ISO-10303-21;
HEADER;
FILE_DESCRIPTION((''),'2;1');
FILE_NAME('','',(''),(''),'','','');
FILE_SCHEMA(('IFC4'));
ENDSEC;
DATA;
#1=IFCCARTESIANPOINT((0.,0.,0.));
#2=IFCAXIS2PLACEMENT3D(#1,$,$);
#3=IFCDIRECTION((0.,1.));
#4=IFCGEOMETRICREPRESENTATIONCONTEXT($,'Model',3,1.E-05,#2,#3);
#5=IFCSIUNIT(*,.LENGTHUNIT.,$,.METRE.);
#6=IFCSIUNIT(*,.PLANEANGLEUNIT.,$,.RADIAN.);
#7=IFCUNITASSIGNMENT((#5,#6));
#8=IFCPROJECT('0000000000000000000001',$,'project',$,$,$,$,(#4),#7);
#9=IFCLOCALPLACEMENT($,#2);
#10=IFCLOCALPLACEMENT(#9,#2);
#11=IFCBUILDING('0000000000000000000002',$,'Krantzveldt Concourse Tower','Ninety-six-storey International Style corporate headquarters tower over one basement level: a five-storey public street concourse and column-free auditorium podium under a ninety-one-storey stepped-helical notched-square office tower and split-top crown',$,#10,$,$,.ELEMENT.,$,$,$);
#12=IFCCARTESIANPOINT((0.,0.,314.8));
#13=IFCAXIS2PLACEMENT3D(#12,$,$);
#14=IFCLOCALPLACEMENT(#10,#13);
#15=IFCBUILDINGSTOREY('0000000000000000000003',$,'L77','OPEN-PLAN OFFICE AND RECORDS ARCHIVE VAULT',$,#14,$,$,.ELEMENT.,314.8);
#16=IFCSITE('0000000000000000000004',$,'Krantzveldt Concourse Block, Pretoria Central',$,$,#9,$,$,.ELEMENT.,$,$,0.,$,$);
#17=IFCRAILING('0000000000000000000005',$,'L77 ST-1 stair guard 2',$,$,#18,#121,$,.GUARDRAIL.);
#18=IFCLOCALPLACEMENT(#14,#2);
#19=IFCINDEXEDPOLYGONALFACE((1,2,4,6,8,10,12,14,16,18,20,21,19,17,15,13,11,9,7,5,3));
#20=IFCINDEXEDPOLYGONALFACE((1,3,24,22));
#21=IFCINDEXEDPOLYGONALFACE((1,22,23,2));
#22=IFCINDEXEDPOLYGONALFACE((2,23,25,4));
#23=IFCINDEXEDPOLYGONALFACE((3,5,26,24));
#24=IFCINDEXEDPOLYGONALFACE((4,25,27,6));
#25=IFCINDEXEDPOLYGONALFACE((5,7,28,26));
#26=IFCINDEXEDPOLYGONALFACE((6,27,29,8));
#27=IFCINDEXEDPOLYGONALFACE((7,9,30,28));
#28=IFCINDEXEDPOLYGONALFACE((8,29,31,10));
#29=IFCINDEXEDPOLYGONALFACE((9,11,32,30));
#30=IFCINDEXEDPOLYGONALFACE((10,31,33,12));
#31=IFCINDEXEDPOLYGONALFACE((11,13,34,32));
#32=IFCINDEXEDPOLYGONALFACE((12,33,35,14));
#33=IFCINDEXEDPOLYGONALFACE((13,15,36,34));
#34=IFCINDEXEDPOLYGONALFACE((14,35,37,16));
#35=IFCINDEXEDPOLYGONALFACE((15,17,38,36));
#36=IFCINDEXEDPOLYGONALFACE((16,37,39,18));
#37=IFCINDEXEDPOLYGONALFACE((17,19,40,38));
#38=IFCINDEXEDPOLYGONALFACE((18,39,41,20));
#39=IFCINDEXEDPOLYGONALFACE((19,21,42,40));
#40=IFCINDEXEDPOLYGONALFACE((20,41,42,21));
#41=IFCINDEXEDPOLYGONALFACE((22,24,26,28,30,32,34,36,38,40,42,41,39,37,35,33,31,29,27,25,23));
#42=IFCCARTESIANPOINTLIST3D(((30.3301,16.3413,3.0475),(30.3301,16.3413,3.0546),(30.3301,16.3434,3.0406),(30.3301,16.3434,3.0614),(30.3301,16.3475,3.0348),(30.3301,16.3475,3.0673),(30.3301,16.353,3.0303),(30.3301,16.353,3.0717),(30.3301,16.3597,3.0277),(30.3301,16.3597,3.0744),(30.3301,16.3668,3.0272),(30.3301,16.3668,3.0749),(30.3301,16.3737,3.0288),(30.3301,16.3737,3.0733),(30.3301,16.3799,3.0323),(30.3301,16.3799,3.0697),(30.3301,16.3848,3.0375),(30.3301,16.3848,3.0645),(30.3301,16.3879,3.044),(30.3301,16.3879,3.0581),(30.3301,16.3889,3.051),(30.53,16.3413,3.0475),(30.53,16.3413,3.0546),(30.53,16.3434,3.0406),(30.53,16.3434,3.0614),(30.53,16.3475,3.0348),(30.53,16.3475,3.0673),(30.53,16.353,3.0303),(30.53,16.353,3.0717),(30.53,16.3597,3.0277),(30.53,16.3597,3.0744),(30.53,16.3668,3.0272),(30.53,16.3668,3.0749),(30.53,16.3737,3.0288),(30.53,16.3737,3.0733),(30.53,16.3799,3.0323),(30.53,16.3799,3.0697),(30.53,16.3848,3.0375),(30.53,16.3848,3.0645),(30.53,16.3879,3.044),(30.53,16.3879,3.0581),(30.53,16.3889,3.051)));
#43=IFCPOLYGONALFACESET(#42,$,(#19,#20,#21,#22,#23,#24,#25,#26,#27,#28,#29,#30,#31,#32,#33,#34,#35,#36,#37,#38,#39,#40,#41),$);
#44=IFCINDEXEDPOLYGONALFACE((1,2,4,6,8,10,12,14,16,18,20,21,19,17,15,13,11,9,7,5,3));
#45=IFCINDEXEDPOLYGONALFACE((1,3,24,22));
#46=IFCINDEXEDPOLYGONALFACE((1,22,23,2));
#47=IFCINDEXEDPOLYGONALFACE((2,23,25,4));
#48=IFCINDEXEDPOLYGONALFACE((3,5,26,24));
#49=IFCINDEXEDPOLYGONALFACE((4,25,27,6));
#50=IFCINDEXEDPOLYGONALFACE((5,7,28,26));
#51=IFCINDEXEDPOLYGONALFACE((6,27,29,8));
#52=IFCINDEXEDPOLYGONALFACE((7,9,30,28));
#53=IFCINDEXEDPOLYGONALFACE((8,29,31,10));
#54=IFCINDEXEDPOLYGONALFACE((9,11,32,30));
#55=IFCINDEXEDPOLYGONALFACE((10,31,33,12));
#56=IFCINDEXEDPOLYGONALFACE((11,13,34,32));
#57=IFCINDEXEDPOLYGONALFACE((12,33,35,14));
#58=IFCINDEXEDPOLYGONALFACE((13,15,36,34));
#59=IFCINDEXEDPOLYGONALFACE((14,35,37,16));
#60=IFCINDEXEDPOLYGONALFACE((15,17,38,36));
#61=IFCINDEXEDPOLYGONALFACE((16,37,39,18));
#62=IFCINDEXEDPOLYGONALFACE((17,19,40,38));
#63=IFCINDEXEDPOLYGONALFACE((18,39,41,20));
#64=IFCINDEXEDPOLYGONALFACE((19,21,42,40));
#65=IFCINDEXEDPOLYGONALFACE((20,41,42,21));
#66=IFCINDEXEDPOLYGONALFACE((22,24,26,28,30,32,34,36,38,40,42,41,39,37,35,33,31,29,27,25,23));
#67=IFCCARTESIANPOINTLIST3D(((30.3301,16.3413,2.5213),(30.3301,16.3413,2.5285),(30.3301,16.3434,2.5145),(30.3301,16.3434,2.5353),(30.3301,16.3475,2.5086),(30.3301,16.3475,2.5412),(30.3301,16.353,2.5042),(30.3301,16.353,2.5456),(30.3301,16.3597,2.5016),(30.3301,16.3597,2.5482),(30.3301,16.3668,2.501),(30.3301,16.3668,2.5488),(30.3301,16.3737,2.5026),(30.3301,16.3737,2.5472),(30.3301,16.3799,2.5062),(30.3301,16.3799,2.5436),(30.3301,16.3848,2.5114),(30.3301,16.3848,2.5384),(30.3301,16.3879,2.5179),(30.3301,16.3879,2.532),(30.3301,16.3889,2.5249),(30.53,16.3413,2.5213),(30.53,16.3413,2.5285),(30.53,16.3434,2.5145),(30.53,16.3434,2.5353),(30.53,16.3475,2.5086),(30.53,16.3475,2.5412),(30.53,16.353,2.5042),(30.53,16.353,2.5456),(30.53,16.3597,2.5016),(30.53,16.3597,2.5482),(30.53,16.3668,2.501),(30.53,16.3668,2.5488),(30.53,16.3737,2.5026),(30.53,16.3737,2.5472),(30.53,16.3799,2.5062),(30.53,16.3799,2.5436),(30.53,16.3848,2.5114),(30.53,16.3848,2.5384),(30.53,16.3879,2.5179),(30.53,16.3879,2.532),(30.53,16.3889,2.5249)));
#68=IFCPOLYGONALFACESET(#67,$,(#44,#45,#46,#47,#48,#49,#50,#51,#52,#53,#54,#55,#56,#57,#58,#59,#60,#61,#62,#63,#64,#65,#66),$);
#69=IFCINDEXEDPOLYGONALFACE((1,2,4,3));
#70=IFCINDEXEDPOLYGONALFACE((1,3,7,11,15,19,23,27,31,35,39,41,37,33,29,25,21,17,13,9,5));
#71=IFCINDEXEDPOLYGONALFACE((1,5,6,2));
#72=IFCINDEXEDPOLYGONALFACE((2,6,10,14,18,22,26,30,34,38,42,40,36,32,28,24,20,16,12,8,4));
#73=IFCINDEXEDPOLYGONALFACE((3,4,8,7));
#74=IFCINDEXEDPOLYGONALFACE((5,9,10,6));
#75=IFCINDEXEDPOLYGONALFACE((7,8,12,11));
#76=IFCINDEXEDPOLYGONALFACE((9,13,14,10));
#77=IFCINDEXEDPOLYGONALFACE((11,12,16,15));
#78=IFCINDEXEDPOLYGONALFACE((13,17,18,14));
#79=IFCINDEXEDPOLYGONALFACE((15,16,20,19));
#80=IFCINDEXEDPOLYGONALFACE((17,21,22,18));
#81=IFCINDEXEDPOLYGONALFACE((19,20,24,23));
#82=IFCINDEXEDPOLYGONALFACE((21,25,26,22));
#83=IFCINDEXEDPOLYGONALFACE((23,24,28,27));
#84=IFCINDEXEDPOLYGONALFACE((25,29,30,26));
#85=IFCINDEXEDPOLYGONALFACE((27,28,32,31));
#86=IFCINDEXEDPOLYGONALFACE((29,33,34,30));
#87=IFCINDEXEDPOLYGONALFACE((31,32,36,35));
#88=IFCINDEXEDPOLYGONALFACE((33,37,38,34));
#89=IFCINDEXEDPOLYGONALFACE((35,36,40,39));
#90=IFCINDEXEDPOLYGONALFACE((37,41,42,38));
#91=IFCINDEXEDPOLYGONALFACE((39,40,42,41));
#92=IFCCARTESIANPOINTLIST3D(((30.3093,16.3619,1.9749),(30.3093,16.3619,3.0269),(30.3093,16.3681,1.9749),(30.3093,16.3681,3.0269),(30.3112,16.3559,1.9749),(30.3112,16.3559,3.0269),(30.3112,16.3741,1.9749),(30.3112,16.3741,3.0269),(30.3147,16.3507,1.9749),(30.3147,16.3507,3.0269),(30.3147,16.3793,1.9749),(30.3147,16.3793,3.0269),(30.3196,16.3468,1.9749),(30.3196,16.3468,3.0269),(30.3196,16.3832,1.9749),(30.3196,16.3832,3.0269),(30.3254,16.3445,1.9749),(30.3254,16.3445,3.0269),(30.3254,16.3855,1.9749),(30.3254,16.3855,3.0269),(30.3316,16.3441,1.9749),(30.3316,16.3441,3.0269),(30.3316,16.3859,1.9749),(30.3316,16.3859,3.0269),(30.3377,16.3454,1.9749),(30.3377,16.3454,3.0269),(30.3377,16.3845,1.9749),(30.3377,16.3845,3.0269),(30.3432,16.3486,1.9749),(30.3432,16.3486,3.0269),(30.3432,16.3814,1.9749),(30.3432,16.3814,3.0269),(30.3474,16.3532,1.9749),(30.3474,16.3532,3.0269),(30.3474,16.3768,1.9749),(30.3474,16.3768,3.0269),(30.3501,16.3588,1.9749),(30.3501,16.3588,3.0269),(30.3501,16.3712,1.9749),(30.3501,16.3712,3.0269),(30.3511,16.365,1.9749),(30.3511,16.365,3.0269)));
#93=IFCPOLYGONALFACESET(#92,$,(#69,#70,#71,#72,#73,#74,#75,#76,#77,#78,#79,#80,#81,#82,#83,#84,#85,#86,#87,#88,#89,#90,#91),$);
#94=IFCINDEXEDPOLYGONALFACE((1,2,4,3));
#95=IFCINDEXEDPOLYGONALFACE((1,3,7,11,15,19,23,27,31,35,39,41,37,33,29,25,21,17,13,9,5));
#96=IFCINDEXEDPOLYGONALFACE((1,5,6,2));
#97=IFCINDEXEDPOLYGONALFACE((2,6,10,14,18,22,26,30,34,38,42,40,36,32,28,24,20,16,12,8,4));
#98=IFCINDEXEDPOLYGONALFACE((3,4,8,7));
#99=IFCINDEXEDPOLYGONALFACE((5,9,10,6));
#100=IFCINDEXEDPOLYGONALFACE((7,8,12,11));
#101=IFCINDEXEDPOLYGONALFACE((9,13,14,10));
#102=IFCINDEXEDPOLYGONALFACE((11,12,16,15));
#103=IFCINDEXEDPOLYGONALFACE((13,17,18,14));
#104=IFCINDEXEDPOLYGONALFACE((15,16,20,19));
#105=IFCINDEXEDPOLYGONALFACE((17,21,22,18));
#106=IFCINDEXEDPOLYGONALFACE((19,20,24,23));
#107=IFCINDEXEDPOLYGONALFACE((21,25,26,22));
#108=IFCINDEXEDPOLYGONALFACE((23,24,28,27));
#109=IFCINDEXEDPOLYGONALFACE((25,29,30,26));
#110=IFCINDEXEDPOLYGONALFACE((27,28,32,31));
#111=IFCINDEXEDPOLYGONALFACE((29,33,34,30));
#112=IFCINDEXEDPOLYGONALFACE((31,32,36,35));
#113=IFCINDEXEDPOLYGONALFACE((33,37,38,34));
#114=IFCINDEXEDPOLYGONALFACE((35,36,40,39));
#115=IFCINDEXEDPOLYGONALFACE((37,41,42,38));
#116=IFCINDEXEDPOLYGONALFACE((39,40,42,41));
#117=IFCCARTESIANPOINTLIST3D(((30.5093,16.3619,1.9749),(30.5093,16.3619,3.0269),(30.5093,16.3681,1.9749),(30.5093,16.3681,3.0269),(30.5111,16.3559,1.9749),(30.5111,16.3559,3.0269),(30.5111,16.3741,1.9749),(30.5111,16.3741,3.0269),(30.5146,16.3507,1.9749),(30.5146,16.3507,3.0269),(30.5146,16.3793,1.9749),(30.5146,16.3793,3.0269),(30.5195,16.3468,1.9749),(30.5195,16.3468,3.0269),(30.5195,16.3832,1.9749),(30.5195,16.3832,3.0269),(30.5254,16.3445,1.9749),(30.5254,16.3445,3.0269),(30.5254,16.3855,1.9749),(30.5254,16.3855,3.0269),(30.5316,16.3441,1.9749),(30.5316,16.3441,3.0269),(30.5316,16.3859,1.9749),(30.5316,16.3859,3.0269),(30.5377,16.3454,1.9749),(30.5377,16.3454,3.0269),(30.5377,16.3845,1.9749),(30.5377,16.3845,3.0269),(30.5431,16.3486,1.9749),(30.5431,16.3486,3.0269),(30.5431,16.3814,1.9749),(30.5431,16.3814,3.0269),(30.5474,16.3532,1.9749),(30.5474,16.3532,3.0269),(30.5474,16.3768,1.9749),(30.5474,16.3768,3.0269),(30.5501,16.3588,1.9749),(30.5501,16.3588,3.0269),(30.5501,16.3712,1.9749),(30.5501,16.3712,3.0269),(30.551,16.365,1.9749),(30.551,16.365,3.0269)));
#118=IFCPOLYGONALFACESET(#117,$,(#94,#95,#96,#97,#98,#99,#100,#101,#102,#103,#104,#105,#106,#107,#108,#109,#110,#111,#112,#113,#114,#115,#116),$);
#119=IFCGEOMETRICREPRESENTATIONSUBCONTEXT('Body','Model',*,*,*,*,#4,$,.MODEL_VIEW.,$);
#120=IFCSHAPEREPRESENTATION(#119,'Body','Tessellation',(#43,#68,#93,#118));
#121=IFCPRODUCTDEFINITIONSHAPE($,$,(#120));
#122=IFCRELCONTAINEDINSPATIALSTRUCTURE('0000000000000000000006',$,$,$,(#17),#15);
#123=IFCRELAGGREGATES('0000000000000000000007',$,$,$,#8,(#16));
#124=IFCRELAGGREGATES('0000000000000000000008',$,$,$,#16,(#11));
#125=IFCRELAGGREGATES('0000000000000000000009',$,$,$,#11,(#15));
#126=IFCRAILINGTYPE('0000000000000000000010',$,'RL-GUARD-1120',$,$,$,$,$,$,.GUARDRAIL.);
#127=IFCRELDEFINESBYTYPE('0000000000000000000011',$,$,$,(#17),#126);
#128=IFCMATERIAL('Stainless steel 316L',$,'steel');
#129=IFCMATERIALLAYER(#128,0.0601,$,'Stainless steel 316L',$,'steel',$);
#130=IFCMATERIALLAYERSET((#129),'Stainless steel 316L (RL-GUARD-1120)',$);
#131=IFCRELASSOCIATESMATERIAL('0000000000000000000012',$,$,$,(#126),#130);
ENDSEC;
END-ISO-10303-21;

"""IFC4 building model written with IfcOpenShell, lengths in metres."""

from ifc_helpers import new_model, si_unit, direction, frame, origin, origin_2d, place, context, subcontext, project, spatial, circle, extrude, material, layer, layer_set, type_object, element, save


model = new_model("IFC4")

# Units and contexts
model_context = context("Model", 3, precision=1e-05, world=origin(), true_north=direction((0.0, 1.0)))
body_context = subcontext(model_context, "Body", "Model", "MODEL_VIEW")
ifc_project = project(units=[si_unit("LENGTHUNIT", "METRE"), si_unit("PLANEANGLEUNIT", "RADIAN")], contexts=[model_context])

# Site, building, storey
site_placement = place(None, origin())
site = spatial("IfcSite", under=ifc_project, at=site_placement, Name="Krantzveldt Concourse Block, Pretoria Central", CompositionType="ELEMENT", RefElevation=0.0)
building_placement = place(site_placement, origin())
building = spatial("IfcBuilding", under=site, at=building_placement, Name="Krantzveldt Concourse Tower", Description="Ninety-six-storey International Style corporate headquarters tower over one basement level: a five-storey public street concourse and column-free auditorium podium under a ninety-one-storey stepped-helical notched-square office tower and split-top crown", CompositionType="ELEMENT")
storey_placement = place(building_placement, frame((0.0, 0.0, 314.8)))
storey = spatial("IfcBuildingStorey", under=building, at=storey_placement, Name="L77", Description="OPEN-PLAN OFFICE AND RECORDS ARCHIVE VAULT", CompositionType="ELEMENT", Elevation=314.8)

# Shared definitions
ifc_material_1 = material(Name="Stainless steel 316L", Category="steel")

# Railing
ifc_layer_1 = layer(ifc_material_1, 0.0601, Name="Stainless steel 316L", Category="steel")
ifc_layer_set_1 = layer_set([ifc_layer_1], Name="Stainless steel 316L (RL-GUARD-1120)")
railing_type_1 = type_object("IfcRailingType", Name="RL-GUARD-1120", PredefinedType="GUARDRAIL", material=ifc_layer_set_1)
railing_1_placement = place(storey_placement, frame((30.3301, 16.365, 1.9749)))
element("IfcRailing", 1, at=railing_1_placement, inside=storey, type_object=railing_type_1, Name="L77 ST-1 stair guard 2", PredefinedType="GUARDRAIL", context=body_context, shape_type="SweptSolid", body=[
    extrude(circle(Radius=0.0239, at=origin_2d()), frame((0.0, 0.0, 1.0762), z_axis=(1.0, 0.0, 0.0), x_axis=(0.0, 1.0, 0.0)), (0.0, 0.0, 1.0), 0.2),
    extrude(circle(Radius=0.0239, at=origin_2d()), frame((0.0, 0.0, 0.55), z_axis=(1.0, 0.0, 0.0), x_axis=(0.0, 1.0, 0.0)), (0.0, 0.0, 1.0), 0.2),
    extrude(circle(Radius=0.021, at=origin_2d()), origin(), (0.0, 0.0, 1.0), 1.052),
    extrude(circle(Radius=0.021, at=origin_2d()), frame((0.2, 0.0, 0.0)), (0.0, 0.0, 1.0), 1.052),
])

save(model, "model.ifc")
